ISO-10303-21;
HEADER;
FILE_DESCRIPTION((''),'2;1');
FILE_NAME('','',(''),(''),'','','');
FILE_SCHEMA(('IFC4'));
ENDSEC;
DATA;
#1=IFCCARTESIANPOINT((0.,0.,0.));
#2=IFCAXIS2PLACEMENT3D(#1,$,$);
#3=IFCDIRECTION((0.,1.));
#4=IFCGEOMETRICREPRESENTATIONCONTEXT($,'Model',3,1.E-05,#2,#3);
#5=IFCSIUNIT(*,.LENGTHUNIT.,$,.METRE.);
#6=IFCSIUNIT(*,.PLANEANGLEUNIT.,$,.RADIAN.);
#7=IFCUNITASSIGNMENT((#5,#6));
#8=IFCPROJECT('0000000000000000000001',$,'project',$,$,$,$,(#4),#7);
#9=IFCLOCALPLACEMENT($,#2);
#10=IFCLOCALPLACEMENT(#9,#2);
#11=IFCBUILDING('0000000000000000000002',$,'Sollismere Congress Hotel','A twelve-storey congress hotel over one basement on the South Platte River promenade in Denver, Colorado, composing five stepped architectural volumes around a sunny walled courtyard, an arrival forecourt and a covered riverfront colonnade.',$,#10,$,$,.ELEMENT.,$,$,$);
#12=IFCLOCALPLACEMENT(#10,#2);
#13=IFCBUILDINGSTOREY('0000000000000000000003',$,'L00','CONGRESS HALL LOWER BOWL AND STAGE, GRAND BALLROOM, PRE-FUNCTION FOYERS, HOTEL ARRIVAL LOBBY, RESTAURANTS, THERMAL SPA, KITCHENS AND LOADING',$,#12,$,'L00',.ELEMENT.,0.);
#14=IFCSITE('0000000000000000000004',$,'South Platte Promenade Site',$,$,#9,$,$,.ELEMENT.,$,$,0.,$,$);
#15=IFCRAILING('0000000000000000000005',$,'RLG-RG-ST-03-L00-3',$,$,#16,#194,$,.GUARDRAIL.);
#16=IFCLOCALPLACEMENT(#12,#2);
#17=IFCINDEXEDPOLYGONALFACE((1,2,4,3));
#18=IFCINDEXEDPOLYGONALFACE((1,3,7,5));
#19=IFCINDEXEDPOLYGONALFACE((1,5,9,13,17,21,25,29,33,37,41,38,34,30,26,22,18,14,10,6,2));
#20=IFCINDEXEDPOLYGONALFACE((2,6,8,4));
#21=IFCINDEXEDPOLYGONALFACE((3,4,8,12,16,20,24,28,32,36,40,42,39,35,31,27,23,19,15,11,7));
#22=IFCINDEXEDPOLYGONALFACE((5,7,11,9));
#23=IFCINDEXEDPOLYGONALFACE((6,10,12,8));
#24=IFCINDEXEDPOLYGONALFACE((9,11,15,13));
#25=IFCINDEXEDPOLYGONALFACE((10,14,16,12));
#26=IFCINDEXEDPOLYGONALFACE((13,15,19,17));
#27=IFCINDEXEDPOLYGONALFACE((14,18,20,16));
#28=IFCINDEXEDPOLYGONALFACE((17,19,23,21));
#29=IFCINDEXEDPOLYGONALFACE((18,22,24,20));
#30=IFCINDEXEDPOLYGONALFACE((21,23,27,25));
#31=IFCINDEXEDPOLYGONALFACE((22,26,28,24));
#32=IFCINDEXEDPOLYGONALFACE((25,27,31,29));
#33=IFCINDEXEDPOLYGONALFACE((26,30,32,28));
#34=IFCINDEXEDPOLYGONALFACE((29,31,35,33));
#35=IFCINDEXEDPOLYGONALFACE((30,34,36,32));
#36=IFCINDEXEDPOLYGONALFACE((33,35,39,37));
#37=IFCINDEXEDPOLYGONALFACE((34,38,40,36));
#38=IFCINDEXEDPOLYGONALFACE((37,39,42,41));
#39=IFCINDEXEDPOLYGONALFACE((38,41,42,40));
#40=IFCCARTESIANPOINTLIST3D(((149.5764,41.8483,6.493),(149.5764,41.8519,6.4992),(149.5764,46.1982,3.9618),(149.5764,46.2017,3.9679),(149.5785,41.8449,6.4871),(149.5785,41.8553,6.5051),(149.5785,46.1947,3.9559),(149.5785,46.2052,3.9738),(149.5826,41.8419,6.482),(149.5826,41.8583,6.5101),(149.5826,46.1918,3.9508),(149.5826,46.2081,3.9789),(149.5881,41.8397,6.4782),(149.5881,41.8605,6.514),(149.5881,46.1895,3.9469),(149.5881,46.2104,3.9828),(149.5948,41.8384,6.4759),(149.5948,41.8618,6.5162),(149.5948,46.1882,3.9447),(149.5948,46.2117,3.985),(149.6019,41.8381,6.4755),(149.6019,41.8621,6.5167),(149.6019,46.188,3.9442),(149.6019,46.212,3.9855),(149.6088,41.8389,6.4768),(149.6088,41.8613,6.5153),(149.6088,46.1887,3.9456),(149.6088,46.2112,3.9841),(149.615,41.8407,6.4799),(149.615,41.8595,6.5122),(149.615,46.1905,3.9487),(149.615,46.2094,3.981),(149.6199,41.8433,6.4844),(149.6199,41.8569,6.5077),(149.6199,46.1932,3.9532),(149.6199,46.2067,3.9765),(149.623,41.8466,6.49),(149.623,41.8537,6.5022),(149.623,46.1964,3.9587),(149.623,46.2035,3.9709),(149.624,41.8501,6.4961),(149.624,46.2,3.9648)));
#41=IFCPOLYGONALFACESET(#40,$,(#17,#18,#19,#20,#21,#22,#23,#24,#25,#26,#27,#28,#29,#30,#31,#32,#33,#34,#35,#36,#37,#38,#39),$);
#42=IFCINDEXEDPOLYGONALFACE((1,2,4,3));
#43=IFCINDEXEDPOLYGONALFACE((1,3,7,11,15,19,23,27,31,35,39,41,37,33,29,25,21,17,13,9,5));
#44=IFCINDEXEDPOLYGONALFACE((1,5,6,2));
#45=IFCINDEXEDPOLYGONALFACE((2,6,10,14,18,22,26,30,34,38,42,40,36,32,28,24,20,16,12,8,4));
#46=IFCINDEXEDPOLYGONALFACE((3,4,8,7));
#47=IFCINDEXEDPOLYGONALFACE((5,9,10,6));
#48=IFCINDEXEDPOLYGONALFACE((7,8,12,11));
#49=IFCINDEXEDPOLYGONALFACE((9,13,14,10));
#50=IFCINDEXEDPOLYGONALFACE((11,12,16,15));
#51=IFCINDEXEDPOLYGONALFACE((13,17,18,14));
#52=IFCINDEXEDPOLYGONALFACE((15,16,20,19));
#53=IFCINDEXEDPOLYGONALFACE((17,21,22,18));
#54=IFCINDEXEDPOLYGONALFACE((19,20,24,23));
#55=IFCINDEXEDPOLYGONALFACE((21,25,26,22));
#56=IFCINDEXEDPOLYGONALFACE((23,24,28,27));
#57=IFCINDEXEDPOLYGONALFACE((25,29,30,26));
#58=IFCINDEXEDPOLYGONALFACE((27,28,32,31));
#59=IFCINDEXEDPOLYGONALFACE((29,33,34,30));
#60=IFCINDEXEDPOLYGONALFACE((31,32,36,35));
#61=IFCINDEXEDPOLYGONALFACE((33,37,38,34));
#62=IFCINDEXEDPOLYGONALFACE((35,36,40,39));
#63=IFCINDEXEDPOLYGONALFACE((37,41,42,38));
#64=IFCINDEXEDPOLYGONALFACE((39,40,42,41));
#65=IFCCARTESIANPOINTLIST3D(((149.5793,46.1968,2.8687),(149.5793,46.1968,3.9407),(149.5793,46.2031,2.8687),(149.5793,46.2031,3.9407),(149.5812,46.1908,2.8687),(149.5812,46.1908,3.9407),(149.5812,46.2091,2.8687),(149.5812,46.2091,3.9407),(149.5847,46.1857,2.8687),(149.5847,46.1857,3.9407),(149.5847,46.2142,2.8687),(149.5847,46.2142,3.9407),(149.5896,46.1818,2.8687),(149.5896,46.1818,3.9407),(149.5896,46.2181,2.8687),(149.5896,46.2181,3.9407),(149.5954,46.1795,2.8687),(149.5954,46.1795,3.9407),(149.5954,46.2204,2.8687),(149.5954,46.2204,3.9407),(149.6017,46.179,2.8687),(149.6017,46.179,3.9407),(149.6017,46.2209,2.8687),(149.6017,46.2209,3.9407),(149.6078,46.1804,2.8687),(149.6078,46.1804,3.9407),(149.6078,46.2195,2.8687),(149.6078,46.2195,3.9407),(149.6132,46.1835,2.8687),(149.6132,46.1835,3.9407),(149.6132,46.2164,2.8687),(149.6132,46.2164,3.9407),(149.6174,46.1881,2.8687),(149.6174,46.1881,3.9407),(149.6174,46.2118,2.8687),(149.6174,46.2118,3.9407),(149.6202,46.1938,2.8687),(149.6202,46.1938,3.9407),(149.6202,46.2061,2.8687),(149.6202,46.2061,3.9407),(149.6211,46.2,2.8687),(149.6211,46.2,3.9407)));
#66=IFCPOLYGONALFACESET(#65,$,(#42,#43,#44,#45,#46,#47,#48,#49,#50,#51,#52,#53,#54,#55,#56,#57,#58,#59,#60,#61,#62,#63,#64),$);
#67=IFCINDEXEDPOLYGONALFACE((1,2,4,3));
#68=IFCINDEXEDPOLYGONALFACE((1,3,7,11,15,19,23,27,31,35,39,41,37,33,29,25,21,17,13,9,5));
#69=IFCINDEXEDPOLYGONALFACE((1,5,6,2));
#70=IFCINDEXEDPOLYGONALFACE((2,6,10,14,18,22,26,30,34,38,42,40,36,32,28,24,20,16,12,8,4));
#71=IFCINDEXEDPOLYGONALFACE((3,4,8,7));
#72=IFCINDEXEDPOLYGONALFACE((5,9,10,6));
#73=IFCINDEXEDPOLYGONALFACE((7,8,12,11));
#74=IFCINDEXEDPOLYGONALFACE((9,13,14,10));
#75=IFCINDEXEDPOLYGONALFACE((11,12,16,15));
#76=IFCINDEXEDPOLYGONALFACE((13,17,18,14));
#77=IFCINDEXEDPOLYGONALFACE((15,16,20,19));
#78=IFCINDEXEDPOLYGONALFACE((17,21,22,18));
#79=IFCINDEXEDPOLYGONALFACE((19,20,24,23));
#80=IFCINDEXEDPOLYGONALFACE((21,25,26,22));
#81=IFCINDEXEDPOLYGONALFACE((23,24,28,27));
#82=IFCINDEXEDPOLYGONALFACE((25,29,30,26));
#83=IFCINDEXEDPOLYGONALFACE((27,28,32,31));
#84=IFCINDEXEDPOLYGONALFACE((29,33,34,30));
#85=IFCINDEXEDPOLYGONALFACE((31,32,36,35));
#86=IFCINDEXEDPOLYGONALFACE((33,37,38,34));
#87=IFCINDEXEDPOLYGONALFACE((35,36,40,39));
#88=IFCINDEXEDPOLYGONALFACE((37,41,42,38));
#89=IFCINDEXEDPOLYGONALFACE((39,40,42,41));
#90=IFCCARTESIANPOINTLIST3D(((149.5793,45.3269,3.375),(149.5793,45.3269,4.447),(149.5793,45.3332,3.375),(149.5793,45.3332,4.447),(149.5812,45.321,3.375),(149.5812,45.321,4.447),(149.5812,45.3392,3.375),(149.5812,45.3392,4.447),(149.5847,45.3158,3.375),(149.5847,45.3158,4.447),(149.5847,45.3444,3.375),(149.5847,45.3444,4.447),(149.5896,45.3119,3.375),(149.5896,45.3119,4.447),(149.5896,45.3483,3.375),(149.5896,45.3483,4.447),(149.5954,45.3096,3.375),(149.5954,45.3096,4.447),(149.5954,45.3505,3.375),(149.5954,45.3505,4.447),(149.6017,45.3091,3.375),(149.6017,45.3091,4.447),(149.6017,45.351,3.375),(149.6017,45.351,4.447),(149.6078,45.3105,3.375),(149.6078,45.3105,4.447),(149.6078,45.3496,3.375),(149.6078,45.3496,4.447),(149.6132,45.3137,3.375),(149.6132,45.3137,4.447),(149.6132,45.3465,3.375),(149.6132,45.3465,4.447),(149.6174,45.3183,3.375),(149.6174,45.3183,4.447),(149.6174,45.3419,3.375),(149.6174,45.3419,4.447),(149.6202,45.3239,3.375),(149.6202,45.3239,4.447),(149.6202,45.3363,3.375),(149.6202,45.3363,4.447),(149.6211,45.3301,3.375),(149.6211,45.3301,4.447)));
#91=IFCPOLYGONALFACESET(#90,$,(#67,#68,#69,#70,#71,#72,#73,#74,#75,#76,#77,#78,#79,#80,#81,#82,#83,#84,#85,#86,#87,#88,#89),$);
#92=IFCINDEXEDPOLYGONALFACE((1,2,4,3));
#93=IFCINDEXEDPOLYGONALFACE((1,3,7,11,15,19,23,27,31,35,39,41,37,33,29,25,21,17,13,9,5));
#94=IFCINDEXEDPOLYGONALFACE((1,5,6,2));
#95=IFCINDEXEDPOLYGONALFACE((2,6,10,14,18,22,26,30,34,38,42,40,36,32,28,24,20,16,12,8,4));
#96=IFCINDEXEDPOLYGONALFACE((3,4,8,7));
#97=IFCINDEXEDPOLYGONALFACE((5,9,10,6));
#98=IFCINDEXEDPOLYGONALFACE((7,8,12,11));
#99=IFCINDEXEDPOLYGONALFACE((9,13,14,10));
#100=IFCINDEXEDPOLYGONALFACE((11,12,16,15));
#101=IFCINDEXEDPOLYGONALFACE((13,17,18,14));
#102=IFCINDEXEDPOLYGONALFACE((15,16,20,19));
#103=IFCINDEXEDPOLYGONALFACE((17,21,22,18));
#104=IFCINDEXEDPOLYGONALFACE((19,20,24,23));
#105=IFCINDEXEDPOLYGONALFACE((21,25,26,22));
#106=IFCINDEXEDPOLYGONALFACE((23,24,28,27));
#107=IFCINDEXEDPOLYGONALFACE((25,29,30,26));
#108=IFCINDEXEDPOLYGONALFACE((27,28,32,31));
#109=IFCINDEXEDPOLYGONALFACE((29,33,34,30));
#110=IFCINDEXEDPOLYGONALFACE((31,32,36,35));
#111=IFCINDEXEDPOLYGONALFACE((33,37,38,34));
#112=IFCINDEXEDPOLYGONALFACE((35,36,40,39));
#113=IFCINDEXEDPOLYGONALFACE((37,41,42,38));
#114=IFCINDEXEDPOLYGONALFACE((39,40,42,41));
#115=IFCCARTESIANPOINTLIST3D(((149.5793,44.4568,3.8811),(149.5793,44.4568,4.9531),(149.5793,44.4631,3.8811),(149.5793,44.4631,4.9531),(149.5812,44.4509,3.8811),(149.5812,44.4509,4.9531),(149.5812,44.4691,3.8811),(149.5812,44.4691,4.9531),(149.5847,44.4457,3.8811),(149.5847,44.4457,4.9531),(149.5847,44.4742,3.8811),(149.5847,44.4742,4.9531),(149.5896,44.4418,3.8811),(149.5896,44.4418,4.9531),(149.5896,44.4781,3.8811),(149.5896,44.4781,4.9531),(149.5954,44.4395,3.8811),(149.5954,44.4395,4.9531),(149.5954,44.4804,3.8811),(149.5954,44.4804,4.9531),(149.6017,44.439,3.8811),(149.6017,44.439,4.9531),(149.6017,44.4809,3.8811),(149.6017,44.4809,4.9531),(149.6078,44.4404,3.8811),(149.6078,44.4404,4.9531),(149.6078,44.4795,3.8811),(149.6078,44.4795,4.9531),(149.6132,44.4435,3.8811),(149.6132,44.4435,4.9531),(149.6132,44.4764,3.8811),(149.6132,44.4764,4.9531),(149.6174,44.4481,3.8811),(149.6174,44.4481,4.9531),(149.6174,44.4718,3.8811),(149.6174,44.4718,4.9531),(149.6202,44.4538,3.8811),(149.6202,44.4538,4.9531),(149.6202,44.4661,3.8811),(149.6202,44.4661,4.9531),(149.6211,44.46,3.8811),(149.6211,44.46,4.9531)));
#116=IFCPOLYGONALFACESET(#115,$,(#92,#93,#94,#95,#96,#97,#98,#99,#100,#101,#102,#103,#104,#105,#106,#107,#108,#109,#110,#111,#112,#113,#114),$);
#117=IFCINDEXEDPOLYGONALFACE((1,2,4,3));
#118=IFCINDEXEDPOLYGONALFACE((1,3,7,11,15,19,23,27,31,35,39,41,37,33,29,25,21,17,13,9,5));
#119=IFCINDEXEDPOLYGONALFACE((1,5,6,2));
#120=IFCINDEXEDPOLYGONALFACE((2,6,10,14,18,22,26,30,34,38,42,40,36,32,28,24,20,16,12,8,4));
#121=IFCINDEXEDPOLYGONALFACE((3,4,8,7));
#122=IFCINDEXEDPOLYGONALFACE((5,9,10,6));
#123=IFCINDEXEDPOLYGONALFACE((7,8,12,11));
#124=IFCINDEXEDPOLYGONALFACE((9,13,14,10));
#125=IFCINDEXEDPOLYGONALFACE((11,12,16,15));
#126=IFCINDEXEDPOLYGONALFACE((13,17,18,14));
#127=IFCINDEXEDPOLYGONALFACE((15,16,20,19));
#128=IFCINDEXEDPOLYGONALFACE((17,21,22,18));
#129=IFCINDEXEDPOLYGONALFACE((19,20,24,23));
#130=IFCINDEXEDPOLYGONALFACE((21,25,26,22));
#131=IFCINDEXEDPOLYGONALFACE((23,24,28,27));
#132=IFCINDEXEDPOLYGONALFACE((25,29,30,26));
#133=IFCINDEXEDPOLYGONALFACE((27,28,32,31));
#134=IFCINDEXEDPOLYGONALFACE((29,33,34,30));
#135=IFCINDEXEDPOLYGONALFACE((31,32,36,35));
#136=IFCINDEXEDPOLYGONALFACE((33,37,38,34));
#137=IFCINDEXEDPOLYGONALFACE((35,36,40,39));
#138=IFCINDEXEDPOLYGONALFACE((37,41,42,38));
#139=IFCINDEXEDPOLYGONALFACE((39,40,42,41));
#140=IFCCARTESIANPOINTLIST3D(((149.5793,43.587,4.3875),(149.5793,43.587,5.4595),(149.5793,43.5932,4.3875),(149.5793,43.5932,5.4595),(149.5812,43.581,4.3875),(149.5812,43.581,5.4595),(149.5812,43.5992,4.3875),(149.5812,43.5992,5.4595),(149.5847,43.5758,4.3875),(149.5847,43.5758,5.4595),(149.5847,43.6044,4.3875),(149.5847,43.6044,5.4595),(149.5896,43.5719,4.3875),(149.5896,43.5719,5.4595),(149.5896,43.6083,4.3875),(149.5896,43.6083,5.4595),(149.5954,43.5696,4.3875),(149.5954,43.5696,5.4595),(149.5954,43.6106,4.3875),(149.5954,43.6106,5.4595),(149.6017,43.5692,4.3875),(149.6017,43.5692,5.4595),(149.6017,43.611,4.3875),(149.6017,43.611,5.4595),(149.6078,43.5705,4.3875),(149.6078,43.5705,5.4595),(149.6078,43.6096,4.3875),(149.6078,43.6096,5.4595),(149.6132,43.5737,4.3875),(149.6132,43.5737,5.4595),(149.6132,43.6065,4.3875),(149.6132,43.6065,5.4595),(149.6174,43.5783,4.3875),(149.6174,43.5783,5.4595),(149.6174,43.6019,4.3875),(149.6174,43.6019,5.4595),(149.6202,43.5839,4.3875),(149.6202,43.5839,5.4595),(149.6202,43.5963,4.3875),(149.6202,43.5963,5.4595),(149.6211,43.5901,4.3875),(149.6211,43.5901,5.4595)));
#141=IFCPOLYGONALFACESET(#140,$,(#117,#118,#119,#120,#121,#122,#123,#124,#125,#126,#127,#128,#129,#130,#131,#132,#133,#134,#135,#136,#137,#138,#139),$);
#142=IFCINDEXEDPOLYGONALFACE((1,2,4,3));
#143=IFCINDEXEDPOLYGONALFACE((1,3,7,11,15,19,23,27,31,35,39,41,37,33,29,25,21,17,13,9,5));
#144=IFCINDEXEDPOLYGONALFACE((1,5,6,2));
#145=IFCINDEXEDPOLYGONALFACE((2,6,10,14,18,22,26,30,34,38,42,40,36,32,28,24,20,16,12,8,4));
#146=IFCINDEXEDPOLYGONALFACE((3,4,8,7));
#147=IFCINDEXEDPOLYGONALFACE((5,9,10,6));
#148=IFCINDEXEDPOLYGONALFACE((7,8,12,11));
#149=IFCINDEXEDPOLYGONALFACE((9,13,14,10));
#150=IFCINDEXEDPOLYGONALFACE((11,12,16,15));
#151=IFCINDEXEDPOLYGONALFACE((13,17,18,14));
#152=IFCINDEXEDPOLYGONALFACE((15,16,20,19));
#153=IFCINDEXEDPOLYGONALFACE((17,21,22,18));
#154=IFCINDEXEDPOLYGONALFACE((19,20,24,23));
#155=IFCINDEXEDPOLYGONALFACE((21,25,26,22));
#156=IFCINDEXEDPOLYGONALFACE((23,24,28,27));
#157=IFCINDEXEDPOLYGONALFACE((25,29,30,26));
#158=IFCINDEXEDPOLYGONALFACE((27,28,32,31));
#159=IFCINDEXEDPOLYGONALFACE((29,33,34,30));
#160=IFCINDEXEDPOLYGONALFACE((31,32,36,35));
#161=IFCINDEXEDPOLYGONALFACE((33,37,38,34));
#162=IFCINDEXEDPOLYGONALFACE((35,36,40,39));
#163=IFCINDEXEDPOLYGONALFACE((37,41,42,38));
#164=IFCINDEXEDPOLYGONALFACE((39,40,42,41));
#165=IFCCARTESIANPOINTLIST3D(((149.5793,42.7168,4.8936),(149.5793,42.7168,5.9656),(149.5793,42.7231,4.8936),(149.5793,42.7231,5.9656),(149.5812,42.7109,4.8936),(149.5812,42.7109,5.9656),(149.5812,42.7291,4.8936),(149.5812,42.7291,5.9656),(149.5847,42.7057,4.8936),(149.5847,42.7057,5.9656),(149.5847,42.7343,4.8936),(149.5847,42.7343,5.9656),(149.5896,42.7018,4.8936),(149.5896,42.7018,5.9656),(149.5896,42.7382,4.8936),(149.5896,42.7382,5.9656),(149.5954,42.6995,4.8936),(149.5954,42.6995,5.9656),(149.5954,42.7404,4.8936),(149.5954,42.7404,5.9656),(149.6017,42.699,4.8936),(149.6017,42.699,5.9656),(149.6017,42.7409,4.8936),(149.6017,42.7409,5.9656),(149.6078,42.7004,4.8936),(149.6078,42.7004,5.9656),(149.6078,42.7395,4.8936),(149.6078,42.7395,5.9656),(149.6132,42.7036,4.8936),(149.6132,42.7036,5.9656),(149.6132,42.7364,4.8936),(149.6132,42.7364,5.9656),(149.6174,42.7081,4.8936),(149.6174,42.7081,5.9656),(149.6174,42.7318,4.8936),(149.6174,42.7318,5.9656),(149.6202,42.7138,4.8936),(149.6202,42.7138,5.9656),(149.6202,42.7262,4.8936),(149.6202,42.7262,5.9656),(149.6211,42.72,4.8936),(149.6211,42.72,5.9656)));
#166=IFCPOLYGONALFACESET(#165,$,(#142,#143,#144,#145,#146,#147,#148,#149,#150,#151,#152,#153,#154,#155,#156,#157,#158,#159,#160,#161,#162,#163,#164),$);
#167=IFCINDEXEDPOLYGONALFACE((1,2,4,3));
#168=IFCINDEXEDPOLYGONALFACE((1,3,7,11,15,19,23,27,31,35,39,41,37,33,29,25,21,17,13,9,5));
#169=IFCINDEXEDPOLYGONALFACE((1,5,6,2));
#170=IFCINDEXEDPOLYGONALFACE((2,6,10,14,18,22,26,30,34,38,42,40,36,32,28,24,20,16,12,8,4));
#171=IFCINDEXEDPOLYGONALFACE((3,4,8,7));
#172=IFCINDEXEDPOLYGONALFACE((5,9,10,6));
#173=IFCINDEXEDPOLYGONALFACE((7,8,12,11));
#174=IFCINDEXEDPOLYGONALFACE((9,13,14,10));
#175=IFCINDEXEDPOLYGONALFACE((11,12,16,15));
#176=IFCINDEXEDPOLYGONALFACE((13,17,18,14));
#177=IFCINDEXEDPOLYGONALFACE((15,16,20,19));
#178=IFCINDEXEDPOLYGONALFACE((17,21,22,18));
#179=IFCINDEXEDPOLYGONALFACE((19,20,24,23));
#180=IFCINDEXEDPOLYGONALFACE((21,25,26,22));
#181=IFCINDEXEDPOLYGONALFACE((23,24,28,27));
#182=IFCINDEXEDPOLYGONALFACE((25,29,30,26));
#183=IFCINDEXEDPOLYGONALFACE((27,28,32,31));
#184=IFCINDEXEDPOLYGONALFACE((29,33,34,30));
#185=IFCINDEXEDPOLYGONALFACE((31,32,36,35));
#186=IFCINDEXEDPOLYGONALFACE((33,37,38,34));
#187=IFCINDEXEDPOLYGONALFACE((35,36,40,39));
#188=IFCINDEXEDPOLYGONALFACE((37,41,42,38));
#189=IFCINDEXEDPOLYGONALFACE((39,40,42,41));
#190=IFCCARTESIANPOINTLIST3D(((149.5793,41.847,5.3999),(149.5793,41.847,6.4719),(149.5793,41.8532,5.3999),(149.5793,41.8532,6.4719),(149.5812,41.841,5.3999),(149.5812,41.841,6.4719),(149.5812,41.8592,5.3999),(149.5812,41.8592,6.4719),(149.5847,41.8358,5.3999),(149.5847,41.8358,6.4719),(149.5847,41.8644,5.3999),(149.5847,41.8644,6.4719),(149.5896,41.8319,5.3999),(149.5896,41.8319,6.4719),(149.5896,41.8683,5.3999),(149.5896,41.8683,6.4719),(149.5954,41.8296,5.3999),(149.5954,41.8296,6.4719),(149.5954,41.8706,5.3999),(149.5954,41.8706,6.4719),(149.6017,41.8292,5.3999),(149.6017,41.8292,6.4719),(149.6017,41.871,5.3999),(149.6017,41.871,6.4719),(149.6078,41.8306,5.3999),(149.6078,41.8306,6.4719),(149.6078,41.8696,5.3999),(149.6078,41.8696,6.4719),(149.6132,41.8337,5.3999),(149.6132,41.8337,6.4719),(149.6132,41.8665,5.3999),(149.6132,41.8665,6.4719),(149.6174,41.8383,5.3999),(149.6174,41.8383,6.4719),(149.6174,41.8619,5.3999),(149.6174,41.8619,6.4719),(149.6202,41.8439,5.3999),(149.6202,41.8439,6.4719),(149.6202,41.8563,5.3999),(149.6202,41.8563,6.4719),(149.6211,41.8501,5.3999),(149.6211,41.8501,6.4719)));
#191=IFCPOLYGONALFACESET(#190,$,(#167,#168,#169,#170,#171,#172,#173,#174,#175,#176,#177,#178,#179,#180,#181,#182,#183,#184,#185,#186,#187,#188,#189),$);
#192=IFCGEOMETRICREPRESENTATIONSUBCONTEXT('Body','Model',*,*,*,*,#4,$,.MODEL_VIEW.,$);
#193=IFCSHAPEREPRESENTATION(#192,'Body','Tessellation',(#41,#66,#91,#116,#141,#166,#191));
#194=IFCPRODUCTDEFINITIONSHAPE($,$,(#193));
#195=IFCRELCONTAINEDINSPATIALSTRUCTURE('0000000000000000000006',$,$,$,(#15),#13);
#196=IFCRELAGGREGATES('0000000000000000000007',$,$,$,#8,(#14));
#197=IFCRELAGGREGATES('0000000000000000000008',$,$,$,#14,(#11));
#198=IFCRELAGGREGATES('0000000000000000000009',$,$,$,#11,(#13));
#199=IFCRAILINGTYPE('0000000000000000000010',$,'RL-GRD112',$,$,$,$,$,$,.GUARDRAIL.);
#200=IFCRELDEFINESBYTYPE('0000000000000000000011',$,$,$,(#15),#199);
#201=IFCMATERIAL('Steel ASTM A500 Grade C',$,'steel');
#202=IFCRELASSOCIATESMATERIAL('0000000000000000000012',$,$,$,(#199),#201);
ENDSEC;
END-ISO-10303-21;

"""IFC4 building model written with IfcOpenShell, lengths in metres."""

from ifc_helpers import new_model, si_unit, direction, frame, origin, origin_2d, place, context, subcontext, project, spatial, circle, extrude, material, type_object, element, save


model = new_model("IFC4")

# Units and contexts
model_context = context("Model", 3, precision=1e-05, world=origin(), true_north=direction((0.0, 1.0)))
body_context = subcontext(model_context, "Body", "Model", "MODEL_VIEW")
ifc_project = project(units=[si_unit("LENGTHUNIT", "METRE"), si_unit("PLANEANGLEUNIT", "RADIAN")], contexts=[model_context])

# Site, building, storey
site_placement = place(None, origin())
site = spatial("IfcSite", under=ifc_project, at=site_placement, Name="South Platte Promenade Site", CompositionType="ELEMENT", RefElevation=0.0)
building_placement = place(site_placement, origin())
building = spatial("IfcBuilding", under=site, at=building_placement, Name="Sollismere Congress Hotel", Description="A twelve-storey congress hotel over one basement on the South Platte River promenade in Denver, Colorado, composing five stepped architectural volumes around a sunny walled courtyard, an arrival forecourt and a covered riverfront colonnade.", CompositionType="ELEMENT")
storey_placement = place(building_placement, origin())
storey = spatial("IfcBuildingStorey", under=building, at=storey_placement, Name="L00", Description="CONGRESS HALL LOWER BOWL AND STAGE, GRAND BALLROOM, PRE-FUNCTION FOYERS, HOTEL ARRIVAL LOBBY, RESTAURANTS, THERMAL SPA, KITCHENS AND LOADING", LongName="L00", CompositionType="ELEMENT", Elevation=0.0)

# Railing
ifc_material_1 = material(Name="Steel ASTM A500 Grade C", Category="steel")
railing_type_1 = type_object("IfcRailingType", Name="RL-GRD112", PredefinedType="GUARDRAIL", material=ifc_material_1)
railing_1_placement = place(storey_placement, frame((149.6001, 46.2, 2.8687)))
element("IfcRailing", 1, at=railing_1_placement, inside=storey, type_object=railing_type_1, Name="RLG-RG-ST-03-L00-3", PredefinedType="GUARDRAIL", context=body_context, shape_type="SweptSolid", body=[
    extrude(circle(Radius=0.0239, at=origin_2d()), frame((0.0, 0.0, 1.0962), z_axis=(0.0, -0.864312, 0.502957), x_axis=(1.0, 0.0, 0.0)), (0.0, 0.0, 1.0), 5.0327),
    extrude(circle(Radius=0.021, at=origin_2d()), origin(), (0.0, 0.0, 1.0), 1.072),
    extrude(circle(Radius=0.021, at=origin_2d()), frame((0.0, -0.8699, 0.5063)), (0.0, 0.0, 1.0), 1.072),
    extrude(circle(Radius=0.021, at=origin_2d()), frame((0.0, -1.74, 1.0125)), (0.0, 0.0, 1.0), 1.072),
    extrude(circle(Radius=0.021, at=origin_2d()), frame((0.0, -2.6099, 1.5188)), (0.0, 0.0, 1.0), 1.072),
    extrude(circle(Radius=0.021, at=origin_2d()), frame((0.0, -3.48, 2.0249)), (0.0, 0.0, 1.0), 1.072),
    extrude(circle(Radius=0.021, at=origin_2d()), frame((0.0, -4.3499, 2.5312)), (0.0, 0.0, 1.0), 1.072),
])

save(model, "model.ifc")
